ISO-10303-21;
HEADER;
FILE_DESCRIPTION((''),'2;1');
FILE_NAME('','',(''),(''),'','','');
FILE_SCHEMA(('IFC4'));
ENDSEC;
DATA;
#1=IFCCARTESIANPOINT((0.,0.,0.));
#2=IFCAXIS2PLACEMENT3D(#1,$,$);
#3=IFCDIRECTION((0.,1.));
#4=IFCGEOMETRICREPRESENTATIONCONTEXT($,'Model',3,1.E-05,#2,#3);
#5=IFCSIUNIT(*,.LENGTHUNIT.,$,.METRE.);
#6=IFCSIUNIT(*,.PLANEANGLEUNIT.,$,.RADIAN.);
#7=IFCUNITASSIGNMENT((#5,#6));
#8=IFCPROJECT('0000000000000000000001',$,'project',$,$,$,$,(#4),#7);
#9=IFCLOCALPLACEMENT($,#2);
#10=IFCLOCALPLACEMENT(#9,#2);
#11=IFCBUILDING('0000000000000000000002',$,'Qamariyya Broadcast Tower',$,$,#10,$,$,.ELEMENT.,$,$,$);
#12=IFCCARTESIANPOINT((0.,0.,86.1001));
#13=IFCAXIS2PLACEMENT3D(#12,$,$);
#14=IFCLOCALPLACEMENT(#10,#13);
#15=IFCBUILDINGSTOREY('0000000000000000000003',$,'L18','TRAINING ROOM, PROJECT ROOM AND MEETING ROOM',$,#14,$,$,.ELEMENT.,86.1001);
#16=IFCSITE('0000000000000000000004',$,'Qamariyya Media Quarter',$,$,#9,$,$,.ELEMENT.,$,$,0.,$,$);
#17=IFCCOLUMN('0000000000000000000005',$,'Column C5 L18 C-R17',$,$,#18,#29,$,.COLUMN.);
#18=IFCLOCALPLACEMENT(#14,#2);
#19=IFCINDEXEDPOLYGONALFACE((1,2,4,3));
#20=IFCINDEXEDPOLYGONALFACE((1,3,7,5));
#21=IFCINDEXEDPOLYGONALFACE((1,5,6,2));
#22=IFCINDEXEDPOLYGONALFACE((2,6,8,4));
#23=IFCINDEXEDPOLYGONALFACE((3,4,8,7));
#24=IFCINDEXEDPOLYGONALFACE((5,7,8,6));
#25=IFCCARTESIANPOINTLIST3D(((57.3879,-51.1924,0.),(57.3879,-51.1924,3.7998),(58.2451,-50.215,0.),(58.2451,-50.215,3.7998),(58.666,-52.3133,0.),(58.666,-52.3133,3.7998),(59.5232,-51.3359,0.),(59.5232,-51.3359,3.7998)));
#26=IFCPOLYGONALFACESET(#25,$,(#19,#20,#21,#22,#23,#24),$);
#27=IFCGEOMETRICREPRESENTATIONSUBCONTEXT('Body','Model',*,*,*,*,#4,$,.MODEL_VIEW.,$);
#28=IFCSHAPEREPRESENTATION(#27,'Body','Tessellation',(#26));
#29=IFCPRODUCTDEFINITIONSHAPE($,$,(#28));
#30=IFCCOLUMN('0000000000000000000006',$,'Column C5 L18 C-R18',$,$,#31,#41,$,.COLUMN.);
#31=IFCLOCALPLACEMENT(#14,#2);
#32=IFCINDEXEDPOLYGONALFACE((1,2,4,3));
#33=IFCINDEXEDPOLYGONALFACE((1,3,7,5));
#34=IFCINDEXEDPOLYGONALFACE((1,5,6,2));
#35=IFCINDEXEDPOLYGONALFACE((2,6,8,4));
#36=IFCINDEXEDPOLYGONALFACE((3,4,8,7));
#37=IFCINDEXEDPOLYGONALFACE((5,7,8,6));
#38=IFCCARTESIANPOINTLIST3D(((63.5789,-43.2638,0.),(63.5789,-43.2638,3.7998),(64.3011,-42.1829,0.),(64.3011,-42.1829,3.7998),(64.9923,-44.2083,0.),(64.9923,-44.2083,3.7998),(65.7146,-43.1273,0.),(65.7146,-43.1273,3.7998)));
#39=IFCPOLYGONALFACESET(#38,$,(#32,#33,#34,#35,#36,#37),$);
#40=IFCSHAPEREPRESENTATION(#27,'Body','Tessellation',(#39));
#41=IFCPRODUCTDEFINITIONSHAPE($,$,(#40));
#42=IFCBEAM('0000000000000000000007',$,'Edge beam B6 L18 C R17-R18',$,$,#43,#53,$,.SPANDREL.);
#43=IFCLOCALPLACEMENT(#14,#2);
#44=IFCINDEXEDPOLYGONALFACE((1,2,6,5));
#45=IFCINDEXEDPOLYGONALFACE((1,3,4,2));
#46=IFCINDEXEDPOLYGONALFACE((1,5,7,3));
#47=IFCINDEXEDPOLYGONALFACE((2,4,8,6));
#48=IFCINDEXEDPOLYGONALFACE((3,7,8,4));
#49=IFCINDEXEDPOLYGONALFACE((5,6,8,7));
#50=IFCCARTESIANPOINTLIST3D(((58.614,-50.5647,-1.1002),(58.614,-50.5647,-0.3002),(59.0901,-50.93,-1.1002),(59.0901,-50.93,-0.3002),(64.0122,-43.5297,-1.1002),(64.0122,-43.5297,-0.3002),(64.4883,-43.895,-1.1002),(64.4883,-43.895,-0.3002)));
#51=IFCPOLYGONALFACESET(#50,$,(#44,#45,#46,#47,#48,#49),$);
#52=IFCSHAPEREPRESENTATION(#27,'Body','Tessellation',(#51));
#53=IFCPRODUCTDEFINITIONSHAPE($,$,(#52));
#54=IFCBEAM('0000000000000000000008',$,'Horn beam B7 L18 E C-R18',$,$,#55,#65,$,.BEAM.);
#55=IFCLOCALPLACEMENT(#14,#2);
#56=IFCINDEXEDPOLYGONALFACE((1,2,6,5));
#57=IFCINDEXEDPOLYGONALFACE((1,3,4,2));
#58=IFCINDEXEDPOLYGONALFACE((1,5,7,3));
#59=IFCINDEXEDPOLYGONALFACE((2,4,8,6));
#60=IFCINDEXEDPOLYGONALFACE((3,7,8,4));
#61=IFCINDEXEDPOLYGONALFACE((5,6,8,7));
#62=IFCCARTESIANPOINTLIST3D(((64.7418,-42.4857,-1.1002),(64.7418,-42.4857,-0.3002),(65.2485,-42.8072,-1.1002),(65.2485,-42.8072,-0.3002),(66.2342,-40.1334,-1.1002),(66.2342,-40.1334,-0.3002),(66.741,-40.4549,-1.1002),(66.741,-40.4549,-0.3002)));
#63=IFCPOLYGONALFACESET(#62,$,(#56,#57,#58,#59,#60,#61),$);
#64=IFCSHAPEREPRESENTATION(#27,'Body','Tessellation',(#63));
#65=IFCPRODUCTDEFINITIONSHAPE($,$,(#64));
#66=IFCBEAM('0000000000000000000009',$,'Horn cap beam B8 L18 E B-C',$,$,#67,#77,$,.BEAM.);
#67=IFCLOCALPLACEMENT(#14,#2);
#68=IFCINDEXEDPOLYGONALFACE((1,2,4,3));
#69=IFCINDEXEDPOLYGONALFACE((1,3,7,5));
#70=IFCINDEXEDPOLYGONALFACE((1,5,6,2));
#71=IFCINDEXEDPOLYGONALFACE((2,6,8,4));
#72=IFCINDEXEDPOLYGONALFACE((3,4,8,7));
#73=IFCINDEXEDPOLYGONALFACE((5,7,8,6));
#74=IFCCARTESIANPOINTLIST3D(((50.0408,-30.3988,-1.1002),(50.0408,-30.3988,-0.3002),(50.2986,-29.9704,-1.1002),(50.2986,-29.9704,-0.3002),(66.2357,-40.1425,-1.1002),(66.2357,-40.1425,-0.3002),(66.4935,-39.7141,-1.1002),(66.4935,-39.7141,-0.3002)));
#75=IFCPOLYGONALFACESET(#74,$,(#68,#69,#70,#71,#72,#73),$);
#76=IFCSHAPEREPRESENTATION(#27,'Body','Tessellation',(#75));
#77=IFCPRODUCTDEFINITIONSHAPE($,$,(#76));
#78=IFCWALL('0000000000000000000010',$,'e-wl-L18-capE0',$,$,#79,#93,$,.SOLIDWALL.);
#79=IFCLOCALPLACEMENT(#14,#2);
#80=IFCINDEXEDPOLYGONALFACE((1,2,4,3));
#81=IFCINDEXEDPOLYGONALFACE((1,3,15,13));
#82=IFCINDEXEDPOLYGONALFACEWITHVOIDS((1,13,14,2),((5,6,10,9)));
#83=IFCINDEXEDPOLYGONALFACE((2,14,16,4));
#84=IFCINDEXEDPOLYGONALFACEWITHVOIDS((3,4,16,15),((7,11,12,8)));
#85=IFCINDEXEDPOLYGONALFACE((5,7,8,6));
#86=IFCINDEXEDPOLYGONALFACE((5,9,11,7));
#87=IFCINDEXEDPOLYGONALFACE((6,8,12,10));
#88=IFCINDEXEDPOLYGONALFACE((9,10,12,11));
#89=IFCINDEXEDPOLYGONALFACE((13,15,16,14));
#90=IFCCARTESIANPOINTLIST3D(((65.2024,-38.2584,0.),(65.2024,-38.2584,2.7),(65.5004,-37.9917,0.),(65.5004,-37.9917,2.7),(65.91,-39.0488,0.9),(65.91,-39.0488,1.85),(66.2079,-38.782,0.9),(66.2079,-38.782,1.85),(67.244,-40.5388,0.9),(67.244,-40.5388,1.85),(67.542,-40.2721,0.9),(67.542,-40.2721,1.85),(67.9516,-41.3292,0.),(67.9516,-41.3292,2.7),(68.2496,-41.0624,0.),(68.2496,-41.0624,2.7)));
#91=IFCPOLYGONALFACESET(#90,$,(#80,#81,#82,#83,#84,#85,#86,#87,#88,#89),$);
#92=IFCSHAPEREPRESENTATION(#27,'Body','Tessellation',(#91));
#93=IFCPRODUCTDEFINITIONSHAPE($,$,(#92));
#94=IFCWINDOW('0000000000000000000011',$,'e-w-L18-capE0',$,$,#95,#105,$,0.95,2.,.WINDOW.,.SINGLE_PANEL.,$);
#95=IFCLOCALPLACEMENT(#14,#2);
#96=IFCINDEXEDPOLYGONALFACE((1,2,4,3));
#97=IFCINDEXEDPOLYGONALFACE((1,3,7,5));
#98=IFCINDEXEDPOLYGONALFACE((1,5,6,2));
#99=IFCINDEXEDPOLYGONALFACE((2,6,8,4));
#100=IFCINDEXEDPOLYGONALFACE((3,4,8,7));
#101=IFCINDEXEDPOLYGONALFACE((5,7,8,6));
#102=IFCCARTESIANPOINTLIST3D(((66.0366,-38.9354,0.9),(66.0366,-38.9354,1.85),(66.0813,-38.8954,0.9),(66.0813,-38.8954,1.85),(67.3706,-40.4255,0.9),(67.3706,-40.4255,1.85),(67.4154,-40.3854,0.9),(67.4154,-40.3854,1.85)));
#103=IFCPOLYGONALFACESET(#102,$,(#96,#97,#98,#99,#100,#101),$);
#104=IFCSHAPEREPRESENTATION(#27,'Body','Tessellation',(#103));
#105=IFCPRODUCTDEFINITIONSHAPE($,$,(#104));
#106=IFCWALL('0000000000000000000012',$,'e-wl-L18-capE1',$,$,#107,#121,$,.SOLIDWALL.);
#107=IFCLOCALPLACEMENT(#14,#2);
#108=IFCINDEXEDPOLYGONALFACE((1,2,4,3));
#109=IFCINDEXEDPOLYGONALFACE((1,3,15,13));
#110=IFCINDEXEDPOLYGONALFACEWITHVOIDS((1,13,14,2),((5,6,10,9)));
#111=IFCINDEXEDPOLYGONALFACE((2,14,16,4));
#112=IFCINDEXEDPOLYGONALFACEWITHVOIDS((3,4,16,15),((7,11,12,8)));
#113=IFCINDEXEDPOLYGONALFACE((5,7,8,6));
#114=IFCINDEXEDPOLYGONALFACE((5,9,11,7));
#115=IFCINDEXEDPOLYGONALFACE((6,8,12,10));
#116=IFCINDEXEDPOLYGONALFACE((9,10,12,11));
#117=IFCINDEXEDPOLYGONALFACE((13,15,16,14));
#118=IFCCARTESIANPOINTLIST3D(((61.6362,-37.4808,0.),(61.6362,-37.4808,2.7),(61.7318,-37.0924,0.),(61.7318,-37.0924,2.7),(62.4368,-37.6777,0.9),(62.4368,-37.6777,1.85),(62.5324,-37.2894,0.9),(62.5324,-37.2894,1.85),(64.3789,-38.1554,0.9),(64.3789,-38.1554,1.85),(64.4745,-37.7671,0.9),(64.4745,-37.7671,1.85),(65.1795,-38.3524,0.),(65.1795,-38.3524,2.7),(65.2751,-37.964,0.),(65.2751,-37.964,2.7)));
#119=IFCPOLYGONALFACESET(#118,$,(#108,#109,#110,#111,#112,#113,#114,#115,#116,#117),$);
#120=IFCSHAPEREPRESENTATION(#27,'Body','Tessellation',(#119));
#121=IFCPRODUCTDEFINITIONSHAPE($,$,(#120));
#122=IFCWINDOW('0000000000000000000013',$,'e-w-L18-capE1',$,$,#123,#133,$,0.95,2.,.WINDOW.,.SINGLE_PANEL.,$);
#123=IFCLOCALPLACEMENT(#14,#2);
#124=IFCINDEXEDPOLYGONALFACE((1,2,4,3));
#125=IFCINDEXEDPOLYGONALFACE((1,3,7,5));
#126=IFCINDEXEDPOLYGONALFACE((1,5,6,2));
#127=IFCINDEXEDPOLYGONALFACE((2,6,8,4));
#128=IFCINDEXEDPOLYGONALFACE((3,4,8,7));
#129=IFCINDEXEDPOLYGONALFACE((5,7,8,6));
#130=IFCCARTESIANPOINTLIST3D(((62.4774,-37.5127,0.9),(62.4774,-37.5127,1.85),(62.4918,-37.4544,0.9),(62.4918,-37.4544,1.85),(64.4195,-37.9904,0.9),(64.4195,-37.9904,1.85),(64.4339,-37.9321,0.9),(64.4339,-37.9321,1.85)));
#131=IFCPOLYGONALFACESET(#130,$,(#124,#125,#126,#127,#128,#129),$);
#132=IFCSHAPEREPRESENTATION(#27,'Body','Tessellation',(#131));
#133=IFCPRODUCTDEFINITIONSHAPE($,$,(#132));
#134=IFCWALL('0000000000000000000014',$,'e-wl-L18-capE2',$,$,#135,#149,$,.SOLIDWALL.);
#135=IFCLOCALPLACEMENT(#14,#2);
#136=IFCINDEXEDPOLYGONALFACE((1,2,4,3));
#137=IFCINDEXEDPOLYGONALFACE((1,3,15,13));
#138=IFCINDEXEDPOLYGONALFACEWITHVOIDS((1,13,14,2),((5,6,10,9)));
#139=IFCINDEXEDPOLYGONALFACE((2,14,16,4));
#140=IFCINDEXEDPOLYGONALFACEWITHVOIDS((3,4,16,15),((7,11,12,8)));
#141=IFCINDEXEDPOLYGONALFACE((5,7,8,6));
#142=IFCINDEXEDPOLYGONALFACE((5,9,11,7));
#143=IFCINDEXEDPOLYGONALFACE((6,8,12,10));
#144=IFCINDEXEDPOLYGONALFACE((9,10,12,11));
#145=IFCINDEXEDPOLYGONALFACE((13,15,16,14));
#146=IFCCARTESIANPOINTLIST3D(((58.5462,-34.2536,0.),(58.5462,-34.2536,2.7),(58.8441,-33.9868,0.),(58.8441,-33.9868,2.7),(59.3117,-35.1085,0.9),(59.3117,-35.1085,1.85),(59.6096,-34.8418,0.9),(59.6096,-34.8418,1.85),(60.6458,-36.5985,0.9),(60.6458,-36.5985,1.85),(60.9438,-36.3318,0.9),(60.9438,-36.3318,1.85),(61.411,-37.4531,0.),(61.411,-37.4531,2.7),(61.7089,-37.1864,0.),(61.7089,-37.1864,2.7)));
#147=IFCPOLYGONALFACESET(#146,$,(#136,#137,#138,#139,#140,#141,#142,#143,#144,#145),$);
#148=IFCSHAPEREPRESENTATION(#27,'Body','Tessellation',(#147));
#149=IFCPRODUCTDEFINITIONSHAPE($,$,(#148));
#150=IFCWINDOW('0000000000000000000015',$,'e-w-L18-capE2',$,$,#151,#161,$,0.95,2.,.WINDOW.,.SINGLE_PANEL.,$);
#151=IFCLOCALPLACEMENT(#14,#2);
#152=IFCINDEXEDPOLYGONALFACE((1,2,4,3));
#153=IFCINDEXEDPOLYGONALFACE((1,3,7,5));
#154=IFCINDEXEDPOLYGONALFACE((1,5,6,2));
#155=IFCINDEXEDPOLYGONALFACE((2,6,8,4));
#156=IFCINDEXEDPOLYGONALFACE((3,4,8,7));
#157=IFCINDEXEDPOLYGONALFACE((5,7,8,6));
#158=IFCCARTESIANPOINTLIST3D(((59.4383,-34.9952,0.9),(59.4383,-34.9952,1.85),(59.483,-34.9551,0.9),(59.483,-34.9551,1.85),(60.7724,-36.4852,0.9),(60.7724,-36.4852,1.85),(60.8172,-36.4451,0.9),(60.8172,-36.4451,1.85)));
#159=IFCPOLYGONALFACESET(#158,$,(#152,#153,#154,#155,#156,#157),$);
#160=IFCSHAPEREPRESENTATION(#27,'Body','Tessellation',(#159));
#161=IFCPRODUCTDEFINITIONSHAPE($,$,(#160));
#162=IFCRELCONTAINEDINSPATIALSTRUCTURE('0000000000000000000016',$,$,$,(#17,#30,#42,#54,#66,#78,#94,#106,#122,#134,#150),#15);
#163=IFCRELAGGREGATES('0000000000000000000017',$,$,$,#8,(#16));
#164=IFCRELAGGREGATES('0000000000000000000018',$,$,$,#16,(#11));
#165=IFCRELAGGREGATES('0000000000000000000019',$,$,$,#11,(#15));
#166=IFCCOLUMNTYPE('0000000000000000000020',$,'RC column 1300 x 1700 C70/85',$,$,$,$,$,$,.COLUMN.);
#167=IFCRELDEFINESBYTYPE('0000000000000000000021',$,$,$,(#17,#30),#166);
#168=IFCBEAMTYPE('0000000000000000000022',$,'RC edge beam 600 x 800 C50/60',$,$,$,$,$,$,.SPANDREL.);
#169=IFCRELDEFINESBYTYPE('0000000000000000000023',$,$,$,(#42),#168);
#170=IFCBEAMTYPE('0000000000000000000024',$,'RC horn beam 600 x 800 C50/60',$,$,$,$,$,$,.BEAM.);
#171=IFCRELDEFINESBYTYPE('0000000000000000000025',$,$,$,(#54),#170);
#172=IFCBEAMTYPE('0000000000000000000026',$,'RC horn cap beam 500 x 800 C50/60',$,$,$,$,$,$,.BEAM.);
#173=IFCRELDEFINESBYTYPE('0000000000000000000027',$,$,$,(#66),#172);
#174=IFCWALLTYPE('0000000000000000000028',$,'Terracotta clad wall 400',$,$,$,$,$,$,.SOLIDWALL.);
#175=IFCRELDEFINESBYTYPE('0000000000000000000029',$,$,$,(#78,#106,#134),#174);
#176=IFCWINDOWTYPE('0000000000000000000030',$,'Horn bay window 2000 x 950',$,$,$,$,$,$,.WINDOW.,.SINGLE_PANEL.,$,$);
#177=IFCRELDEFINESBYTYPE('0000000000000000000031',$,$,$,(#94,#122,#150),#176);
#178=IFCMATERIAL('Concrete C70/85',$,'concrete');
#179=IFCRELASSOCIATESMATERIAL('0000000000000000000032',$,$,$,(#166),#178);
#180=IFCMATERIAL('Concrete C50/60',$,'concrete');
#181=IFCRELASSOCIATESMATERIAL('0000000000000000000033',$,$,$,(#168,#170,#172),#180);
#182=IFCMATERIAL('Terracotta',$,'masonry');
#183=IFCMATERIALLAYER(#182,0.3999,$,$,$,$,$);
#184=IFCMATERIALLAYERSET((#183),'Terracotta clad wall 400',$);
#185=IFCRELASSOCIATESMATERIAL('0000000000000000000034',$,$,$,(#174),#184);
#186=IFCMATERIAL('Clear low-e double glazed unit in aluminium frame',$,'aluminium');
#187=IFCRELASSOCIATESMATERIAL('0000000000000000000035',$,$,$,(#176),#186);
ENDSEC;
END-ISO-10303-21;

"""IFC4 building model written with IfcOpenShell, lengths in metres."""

from ifc_helpers import new_model, si_unit, direction, frame, frame_2d, origin, origin_2d, place, context, subcontext, project, spatial, rectangle, extrude, material, layer, layer_set, material_profile, profile_set, type_object, element, fill, save


model = new_model("IFC4")

# Units and contexts
model_context = context("Model", 3, precision=1e-05, world=origin(), true_north=direction((0.0, 1.0)))
body_context = subcontext(model_context, "Body", "Model", "MODEL_VIEW")
ifc_project = project(units=[si_unit("LENGTHUNIT", "METRE"), si_unit("PLANEANGLEUNIT", "RADIAN")], contexts=[model_context])

# Site, building, storey
site_placement = place(None, origin())
site = spatial("IfcSite", under=ifc_project, at=site_placement, Name="Qamariyya Media Quarter", CompositionType="ELEMENT", RefElevation=0.0)
building_placement = place(site_placement, origin())
building = spatial("IfcBuilding", under=site, at=building_placement, Name="Qamariyya Broadcast Tower", CompositionType="ELEMENT")
storey_placement = place(building_placement, frame((0.0, 0.0, 86.1001)))
storey = spatial("IfcBuildingStorey", under=building, at=storey_placement, Name="L18", Description="TRAINING ROOM, PROJECT ROOM AND MEETING ROOM", CompositionType="ELEMENT", Elevation=86.1001)

# Columns
ifc_material_1 = material(Name="Concrete C70/85", Category="concrete")
ifc_material_profile_1 = material_profile(ifc_material_1, rectangle(XDim=1.3, YDim=1.7, at=origin_2d()))
ifc_profile_set_1 = profile_set([ifc_material_profile_1], Name="Concrete C70/85")
column_type = type_object("IfcColumnType", Name="RC column 1300 x 1700 C70/85", PredefinedType="COLUMN", material=ifc_profile_set_1)
for number, where, z_axis, x_axis, name in (
    (1, (58.4556, -51.2642, 0.0), (0.0, 0.0, 1.0), (0.659346, 0.75184, 0.0), "Column C5 L18 C-R17"),
    (2, (64.6467, -43.1956, 0.0), (0.0, 0.0, 1.0), (0.55557, 0.83147, 0.0), "Column C5 L18 C-R18"),
):
    element("IfcColumn", number, at=place(storey_placement, frame(where, z_axis=z_axis, x_axis=x_axis)), inside=storey, type_object=column_type, Name=name, PredefinedType="COLUMN", context=body_context, shape_type="SweptSolid", body=[
        extrude(rectangle(XDim=1.3, YDim=1.7, at=origin_2d()), origin(), (0.0, 0.0, 1.0), 3.7998),
    ])

# Beams
ifc_material_2 = material(Name="Concrete C50/60", Category="concrete")
ifc_material_profile_2 = material_profile(ifc_material_2, rectangle(XDim=0.6001, YDim=0.8, at=origin_2d()))
ifc_profile_set_2 = profile_set([ifc_material_profile_2], Name="Concrete C50/60")
beam_type_1 = type_object("IfcBeamType", Name="RC edge beam 600 x 800 C50/60", PredefinedType="SPANDREL", material=ifc_profile_set_2)
beam_1_placement = place(storey_placement, frame((58.8521, -50.7473, -0.7002), z_axis=(0.60877, 0.793347, 0.0), x_axis=(-0.793347, 0.60877, 0.0)))
element("IfcBeam", 3, at=beam_1_placement, inside=storey, type_object=beam_type_1, Name="Edge beam B6 L18 C R17-R18", PredefinedType="SPANDREL", context=body_context, shape_type="SweptSolid", body=[
    extrude(rectangle(XDim=0.6001, YDim=0.8, at=origin_2d()), origin(), (0.0, 0.0, 1.0), 8.8674),
])
ifc_material_profile_3 = material_profile(ifc_material_2, rectangle(XDim=0.6001, YDim=0.8, at=origin_2d()))
ifc_profile_set_3 = profile_set([ifc_material_profile_3], Name="Concrete C50/60")
beam_type_2 = type_object("IfcBeamType", Name="RC horn beam 600 x 800 C50/60", PredefinedType="BEAM", material=ifc_profile_set_3)
beam_2_placement = place(storey_placement, frame((64.9951, -42.6465, -0.7002), z_axis=(0.53573, 0.84439, 0.0), x_axis=(-0.84439, 0.53573, 0.0)))
element("IfcBeam", 4, at=beam_2_placement, inside=storey, type_object=beam_type_2, Name="Horn beam B7 L18 E C-R18", PredefinedType="BEAM", context=body_context, shape_type="SweptSolid", body=[
    extrude(rectangle(XDim=0.6001, YDim=0.8, at=origin_2d()), origin(), (0.0, 0.0, 1.0), 2.7859),
])
ifc_material_profile_4 = material_profile(ifc_material_2, rectangle(XDim=0.5, YDim=0.8, at=origin_2d()))
ifc_profile_set_4 = profile_set([ifc_material_profile_4], Name="Concrete C50/60")
beam_type_3 = type_object("IfcBeamType", Name="RC horn cap beam 500 x 800 C50/60", PredefinedType="BEAM", material=ifc_profile_set_4)
beam_3_placement = place(storey_placement, frame((50.1697, -30.1846, -0.7002), z_axis=(0.856868, -0.515536, 0.0), x_axis=(0.515536, 0.856868, 0.0)))
element("IfcBeam", 5, at=beam_3_placement, inside=storey, type_object=beam_type_3, Name="Horn cap beam B8 L18 E B-C", PredefinedType="BEAM", context=body_context, shape_type="SweptSolid", body=[
    extrude(rectangle(XDim=0.5, YDim=0.8, at=origin_2d()), origin(), (0.0, 0.0, 1.0), 18.9001),
])

# Walls, openings, windows
ifc_material_3 = material(Name="Terracotta", Category="masonry")
ifc_layer = layer(ifc_material_3, 0.3999)
ifc_layer_set = layer_set([ifc_layer], Name="Terracotta clad wall 400")
wall_type = type_object("IfcWallType", Name="Terracotta clad wall 400", PredefinedType="SOLIDWALL", material=ifc_layer_set)
wall_1_placement = place(storey_placement, frame((68.1006, -41.1958, 0.0), z_axis=(0.0, 0.0, 1.0), x_axis=(-0.667025, 0.745035, 0.0)))
wall_1 = element("IfcWall", 6, at=wall_1_placement, inside=storey, type_object=wall_type, Name="e-wl-L18-capE0", PredefinedType="SOLIDWALL", context=body_context, shape_type="SweptSolid", body=[
    extrude(rectangle(XDim=4.1216, YDim=0.3999, at=frame_2d((2.0608, 0.0))), origin(), (0.0, 0.0, 1.0), 2.7),
])
opening_1_placement = place(wall_1_placement, frame((1.0608, 0.0, 0.8999)))
opening_1 = element("IfcOpeningElement", 7, at=opening_1_placement, cuts=wall_1, PredefinedType="OPENING", context=body_context, shape_type="SweptSolid", body=[
    extrude(rectangle(XDim=2.0, YDim=0.95, at=frame_2d((1.0, 0.4751))), frame((0.0, 0.21, 0.0), z_axis=(0.0, -1.0, 0.0), x_axis=(1.0, 0.0, 0.0)), (0.0, 0.0, 1.0), 0.4199),
])
ifc_material_4 = material(Name="Clear low-e double glazed unit in aluminium frame", Category="aluminium")
window_type = type_object("IfcWindowType", Name="Horn bay window 2000 x 950", PartitioningType="SINGLE_PANEL", PredefinedType="WINDOW", material=ifc_material_4)
window_1_placement = place(opening_1_placement, origin())
window_1 = element("IfcWindow", 8, at=window_1_placement, inside=storey, type_object=window_type, Name="e-w-L18-capE0", OverallHeight=0.95, OverallWidth=2.0, PartitioningType="SINGLE_PANEL", PredefinedType="WINDOW", context=body_context, shape_type="SweptSolid", body=[
    extrude(rectangle(XDim=2.0, YDim=0.95, at=frame_2d((1.0, 0.4751))), frame((0.0, 0.03, 0.0), z_axis=(0.0, -1.0, 0.0), x_axis=(1.0, 0.0, 0.0)), (0.0, 0.0, 1.0), 0.0601),
])
fill(opening_1, window_1)
wall_2_placement = place(storey_placement, frame((65.2273, -38.1582, 0.0), z_axis=(0.0, 0.0, 1.0), x_axis=(-0.971053, 0.238866, 0.0)))
wall_2 = element("IfcWall", 9, at=wall_2_placement, inside=storey, type_object=wall_type, Name="e-wl-L18-capE1", PredefinedType="SOLIDWALL", context=body_context, shape_type="SweptSolid", body=[
    extrude(rectangle(XDim=3.6489, YDim=0.3999, at=frame_2d((1.8245, 0.0))), origin(), (0.0, 0.0, 1.0), 2.7),
])
opening_2_placement = place(wall_2_placement, frame((0.8245, 0.0, 0.8999)))
opening_2 = element("IfcOpeningElement", 10, at=opening_2_placement, cuts=wall_2, PredefinedType="OPENING", context=body_context, shape_type="SweptSolid", body=[
    extrude(rectangle(XDim=2.0, YDim=0.95, at=frame_2d((1.0, 0.4751))), frame((0.0, 0.21, 0.0), z_axis=(0.0, -1.0, 0.0), x_axis=(1.0, 0.0, 0.0)), (0.0, 0.0, 1.0), 0.4199),
])
window_2_placement = place(opening_2_placement, origin())
window_2 = element("IfcWindow", 11, at=window_2_placement, inside=storey, type_object=window_type, Name="e-w-L18-capE1", OverallHeight=0.95, OverallWidth=2.0, PartitioningType="SINGLE_PANEL", PredefinedType="WINDOW", context=body_context, shape_type="SweptSolid", body=[
    extrude(rectangle(XDim=2.0, YDim=0.95, at=frame_2d((1.0, 0.4751))), frame((0.0, 0.03, 0.0), z_axis=(0.0, -1.0, 0.0), x_axis=(1.0, 0.0, 0.0)), (0.0, 0.0, 1.0), 0.0601),
])
fill(opening_2, window_2)
wall_3_placement = place(storey_placement, frame((61.5601, -37.3198, 0.0), z_axis=(0.0, 0.0, 1.0), x_axis=(-0.667062, 0.745002, 0.0)))
wall_3 = element("IfcWall", 12, at=wall_3_placement, inside=storey, type_object=wall_type, Name="e-wl-L18-capE2", PredefinedType="SOLIDWALL", context=body_context, shape_type="SweptSolid", body=[
    extrude(rectangle(XDim=4.2947, YDim=0.3999, at=frame_2d((2.1475, 0.0))), origin(), (0.0, 0.0, 1.0), 2.7),
])
opening_3_placement = place(wall_3_placement, frame((1.1472, 0.0, 0.8999)))
opening_3 = element("IfcOpeningElement", 13, at=opening_3_placement, cuts=wall_3, PredefinedType="OPENING", context=body_context, shape_type="SweptSolid", body=[
    extrude(rectangle(XDim=2.0, YDim=0.95, at=frame_2d((1.0, 0.4751))), frame((0.0, 0.21, 0.0), z_axis=(0.0, -1.0, 0.0), x_axis=(1.0, 0.0, 0.0)), (0.0, 0.0, 1.0), 0.4199),
])
window_3_placement = place(opening_3_placement, origin())
window_3 = element("IfcWindow", 14, at=window_3_placement, inside=storey, type_object=window_type, Name="e-w-L18-capE2", OverallHeight=0.95, OverallWidth=2.0, PartitioningType="SINGLE_PANEL", PredefinedType="WINDOW", context=body_context, shape_type="SweptSolid", body=[
    extrude(rectangle(XDim=2.0, YDim=0.95, at=frame_2d((1.0, 0.4751))), frame((0.0, 0.03, 0.0), z_axis=(0.0, -1.0, 0.0), x_axis=(1.0, 0.0, 0.0)), (0.0, 0.0, 1.0), 0.0601),
])
fill(opening_3, window_3)

save(model, "model.ifc")
